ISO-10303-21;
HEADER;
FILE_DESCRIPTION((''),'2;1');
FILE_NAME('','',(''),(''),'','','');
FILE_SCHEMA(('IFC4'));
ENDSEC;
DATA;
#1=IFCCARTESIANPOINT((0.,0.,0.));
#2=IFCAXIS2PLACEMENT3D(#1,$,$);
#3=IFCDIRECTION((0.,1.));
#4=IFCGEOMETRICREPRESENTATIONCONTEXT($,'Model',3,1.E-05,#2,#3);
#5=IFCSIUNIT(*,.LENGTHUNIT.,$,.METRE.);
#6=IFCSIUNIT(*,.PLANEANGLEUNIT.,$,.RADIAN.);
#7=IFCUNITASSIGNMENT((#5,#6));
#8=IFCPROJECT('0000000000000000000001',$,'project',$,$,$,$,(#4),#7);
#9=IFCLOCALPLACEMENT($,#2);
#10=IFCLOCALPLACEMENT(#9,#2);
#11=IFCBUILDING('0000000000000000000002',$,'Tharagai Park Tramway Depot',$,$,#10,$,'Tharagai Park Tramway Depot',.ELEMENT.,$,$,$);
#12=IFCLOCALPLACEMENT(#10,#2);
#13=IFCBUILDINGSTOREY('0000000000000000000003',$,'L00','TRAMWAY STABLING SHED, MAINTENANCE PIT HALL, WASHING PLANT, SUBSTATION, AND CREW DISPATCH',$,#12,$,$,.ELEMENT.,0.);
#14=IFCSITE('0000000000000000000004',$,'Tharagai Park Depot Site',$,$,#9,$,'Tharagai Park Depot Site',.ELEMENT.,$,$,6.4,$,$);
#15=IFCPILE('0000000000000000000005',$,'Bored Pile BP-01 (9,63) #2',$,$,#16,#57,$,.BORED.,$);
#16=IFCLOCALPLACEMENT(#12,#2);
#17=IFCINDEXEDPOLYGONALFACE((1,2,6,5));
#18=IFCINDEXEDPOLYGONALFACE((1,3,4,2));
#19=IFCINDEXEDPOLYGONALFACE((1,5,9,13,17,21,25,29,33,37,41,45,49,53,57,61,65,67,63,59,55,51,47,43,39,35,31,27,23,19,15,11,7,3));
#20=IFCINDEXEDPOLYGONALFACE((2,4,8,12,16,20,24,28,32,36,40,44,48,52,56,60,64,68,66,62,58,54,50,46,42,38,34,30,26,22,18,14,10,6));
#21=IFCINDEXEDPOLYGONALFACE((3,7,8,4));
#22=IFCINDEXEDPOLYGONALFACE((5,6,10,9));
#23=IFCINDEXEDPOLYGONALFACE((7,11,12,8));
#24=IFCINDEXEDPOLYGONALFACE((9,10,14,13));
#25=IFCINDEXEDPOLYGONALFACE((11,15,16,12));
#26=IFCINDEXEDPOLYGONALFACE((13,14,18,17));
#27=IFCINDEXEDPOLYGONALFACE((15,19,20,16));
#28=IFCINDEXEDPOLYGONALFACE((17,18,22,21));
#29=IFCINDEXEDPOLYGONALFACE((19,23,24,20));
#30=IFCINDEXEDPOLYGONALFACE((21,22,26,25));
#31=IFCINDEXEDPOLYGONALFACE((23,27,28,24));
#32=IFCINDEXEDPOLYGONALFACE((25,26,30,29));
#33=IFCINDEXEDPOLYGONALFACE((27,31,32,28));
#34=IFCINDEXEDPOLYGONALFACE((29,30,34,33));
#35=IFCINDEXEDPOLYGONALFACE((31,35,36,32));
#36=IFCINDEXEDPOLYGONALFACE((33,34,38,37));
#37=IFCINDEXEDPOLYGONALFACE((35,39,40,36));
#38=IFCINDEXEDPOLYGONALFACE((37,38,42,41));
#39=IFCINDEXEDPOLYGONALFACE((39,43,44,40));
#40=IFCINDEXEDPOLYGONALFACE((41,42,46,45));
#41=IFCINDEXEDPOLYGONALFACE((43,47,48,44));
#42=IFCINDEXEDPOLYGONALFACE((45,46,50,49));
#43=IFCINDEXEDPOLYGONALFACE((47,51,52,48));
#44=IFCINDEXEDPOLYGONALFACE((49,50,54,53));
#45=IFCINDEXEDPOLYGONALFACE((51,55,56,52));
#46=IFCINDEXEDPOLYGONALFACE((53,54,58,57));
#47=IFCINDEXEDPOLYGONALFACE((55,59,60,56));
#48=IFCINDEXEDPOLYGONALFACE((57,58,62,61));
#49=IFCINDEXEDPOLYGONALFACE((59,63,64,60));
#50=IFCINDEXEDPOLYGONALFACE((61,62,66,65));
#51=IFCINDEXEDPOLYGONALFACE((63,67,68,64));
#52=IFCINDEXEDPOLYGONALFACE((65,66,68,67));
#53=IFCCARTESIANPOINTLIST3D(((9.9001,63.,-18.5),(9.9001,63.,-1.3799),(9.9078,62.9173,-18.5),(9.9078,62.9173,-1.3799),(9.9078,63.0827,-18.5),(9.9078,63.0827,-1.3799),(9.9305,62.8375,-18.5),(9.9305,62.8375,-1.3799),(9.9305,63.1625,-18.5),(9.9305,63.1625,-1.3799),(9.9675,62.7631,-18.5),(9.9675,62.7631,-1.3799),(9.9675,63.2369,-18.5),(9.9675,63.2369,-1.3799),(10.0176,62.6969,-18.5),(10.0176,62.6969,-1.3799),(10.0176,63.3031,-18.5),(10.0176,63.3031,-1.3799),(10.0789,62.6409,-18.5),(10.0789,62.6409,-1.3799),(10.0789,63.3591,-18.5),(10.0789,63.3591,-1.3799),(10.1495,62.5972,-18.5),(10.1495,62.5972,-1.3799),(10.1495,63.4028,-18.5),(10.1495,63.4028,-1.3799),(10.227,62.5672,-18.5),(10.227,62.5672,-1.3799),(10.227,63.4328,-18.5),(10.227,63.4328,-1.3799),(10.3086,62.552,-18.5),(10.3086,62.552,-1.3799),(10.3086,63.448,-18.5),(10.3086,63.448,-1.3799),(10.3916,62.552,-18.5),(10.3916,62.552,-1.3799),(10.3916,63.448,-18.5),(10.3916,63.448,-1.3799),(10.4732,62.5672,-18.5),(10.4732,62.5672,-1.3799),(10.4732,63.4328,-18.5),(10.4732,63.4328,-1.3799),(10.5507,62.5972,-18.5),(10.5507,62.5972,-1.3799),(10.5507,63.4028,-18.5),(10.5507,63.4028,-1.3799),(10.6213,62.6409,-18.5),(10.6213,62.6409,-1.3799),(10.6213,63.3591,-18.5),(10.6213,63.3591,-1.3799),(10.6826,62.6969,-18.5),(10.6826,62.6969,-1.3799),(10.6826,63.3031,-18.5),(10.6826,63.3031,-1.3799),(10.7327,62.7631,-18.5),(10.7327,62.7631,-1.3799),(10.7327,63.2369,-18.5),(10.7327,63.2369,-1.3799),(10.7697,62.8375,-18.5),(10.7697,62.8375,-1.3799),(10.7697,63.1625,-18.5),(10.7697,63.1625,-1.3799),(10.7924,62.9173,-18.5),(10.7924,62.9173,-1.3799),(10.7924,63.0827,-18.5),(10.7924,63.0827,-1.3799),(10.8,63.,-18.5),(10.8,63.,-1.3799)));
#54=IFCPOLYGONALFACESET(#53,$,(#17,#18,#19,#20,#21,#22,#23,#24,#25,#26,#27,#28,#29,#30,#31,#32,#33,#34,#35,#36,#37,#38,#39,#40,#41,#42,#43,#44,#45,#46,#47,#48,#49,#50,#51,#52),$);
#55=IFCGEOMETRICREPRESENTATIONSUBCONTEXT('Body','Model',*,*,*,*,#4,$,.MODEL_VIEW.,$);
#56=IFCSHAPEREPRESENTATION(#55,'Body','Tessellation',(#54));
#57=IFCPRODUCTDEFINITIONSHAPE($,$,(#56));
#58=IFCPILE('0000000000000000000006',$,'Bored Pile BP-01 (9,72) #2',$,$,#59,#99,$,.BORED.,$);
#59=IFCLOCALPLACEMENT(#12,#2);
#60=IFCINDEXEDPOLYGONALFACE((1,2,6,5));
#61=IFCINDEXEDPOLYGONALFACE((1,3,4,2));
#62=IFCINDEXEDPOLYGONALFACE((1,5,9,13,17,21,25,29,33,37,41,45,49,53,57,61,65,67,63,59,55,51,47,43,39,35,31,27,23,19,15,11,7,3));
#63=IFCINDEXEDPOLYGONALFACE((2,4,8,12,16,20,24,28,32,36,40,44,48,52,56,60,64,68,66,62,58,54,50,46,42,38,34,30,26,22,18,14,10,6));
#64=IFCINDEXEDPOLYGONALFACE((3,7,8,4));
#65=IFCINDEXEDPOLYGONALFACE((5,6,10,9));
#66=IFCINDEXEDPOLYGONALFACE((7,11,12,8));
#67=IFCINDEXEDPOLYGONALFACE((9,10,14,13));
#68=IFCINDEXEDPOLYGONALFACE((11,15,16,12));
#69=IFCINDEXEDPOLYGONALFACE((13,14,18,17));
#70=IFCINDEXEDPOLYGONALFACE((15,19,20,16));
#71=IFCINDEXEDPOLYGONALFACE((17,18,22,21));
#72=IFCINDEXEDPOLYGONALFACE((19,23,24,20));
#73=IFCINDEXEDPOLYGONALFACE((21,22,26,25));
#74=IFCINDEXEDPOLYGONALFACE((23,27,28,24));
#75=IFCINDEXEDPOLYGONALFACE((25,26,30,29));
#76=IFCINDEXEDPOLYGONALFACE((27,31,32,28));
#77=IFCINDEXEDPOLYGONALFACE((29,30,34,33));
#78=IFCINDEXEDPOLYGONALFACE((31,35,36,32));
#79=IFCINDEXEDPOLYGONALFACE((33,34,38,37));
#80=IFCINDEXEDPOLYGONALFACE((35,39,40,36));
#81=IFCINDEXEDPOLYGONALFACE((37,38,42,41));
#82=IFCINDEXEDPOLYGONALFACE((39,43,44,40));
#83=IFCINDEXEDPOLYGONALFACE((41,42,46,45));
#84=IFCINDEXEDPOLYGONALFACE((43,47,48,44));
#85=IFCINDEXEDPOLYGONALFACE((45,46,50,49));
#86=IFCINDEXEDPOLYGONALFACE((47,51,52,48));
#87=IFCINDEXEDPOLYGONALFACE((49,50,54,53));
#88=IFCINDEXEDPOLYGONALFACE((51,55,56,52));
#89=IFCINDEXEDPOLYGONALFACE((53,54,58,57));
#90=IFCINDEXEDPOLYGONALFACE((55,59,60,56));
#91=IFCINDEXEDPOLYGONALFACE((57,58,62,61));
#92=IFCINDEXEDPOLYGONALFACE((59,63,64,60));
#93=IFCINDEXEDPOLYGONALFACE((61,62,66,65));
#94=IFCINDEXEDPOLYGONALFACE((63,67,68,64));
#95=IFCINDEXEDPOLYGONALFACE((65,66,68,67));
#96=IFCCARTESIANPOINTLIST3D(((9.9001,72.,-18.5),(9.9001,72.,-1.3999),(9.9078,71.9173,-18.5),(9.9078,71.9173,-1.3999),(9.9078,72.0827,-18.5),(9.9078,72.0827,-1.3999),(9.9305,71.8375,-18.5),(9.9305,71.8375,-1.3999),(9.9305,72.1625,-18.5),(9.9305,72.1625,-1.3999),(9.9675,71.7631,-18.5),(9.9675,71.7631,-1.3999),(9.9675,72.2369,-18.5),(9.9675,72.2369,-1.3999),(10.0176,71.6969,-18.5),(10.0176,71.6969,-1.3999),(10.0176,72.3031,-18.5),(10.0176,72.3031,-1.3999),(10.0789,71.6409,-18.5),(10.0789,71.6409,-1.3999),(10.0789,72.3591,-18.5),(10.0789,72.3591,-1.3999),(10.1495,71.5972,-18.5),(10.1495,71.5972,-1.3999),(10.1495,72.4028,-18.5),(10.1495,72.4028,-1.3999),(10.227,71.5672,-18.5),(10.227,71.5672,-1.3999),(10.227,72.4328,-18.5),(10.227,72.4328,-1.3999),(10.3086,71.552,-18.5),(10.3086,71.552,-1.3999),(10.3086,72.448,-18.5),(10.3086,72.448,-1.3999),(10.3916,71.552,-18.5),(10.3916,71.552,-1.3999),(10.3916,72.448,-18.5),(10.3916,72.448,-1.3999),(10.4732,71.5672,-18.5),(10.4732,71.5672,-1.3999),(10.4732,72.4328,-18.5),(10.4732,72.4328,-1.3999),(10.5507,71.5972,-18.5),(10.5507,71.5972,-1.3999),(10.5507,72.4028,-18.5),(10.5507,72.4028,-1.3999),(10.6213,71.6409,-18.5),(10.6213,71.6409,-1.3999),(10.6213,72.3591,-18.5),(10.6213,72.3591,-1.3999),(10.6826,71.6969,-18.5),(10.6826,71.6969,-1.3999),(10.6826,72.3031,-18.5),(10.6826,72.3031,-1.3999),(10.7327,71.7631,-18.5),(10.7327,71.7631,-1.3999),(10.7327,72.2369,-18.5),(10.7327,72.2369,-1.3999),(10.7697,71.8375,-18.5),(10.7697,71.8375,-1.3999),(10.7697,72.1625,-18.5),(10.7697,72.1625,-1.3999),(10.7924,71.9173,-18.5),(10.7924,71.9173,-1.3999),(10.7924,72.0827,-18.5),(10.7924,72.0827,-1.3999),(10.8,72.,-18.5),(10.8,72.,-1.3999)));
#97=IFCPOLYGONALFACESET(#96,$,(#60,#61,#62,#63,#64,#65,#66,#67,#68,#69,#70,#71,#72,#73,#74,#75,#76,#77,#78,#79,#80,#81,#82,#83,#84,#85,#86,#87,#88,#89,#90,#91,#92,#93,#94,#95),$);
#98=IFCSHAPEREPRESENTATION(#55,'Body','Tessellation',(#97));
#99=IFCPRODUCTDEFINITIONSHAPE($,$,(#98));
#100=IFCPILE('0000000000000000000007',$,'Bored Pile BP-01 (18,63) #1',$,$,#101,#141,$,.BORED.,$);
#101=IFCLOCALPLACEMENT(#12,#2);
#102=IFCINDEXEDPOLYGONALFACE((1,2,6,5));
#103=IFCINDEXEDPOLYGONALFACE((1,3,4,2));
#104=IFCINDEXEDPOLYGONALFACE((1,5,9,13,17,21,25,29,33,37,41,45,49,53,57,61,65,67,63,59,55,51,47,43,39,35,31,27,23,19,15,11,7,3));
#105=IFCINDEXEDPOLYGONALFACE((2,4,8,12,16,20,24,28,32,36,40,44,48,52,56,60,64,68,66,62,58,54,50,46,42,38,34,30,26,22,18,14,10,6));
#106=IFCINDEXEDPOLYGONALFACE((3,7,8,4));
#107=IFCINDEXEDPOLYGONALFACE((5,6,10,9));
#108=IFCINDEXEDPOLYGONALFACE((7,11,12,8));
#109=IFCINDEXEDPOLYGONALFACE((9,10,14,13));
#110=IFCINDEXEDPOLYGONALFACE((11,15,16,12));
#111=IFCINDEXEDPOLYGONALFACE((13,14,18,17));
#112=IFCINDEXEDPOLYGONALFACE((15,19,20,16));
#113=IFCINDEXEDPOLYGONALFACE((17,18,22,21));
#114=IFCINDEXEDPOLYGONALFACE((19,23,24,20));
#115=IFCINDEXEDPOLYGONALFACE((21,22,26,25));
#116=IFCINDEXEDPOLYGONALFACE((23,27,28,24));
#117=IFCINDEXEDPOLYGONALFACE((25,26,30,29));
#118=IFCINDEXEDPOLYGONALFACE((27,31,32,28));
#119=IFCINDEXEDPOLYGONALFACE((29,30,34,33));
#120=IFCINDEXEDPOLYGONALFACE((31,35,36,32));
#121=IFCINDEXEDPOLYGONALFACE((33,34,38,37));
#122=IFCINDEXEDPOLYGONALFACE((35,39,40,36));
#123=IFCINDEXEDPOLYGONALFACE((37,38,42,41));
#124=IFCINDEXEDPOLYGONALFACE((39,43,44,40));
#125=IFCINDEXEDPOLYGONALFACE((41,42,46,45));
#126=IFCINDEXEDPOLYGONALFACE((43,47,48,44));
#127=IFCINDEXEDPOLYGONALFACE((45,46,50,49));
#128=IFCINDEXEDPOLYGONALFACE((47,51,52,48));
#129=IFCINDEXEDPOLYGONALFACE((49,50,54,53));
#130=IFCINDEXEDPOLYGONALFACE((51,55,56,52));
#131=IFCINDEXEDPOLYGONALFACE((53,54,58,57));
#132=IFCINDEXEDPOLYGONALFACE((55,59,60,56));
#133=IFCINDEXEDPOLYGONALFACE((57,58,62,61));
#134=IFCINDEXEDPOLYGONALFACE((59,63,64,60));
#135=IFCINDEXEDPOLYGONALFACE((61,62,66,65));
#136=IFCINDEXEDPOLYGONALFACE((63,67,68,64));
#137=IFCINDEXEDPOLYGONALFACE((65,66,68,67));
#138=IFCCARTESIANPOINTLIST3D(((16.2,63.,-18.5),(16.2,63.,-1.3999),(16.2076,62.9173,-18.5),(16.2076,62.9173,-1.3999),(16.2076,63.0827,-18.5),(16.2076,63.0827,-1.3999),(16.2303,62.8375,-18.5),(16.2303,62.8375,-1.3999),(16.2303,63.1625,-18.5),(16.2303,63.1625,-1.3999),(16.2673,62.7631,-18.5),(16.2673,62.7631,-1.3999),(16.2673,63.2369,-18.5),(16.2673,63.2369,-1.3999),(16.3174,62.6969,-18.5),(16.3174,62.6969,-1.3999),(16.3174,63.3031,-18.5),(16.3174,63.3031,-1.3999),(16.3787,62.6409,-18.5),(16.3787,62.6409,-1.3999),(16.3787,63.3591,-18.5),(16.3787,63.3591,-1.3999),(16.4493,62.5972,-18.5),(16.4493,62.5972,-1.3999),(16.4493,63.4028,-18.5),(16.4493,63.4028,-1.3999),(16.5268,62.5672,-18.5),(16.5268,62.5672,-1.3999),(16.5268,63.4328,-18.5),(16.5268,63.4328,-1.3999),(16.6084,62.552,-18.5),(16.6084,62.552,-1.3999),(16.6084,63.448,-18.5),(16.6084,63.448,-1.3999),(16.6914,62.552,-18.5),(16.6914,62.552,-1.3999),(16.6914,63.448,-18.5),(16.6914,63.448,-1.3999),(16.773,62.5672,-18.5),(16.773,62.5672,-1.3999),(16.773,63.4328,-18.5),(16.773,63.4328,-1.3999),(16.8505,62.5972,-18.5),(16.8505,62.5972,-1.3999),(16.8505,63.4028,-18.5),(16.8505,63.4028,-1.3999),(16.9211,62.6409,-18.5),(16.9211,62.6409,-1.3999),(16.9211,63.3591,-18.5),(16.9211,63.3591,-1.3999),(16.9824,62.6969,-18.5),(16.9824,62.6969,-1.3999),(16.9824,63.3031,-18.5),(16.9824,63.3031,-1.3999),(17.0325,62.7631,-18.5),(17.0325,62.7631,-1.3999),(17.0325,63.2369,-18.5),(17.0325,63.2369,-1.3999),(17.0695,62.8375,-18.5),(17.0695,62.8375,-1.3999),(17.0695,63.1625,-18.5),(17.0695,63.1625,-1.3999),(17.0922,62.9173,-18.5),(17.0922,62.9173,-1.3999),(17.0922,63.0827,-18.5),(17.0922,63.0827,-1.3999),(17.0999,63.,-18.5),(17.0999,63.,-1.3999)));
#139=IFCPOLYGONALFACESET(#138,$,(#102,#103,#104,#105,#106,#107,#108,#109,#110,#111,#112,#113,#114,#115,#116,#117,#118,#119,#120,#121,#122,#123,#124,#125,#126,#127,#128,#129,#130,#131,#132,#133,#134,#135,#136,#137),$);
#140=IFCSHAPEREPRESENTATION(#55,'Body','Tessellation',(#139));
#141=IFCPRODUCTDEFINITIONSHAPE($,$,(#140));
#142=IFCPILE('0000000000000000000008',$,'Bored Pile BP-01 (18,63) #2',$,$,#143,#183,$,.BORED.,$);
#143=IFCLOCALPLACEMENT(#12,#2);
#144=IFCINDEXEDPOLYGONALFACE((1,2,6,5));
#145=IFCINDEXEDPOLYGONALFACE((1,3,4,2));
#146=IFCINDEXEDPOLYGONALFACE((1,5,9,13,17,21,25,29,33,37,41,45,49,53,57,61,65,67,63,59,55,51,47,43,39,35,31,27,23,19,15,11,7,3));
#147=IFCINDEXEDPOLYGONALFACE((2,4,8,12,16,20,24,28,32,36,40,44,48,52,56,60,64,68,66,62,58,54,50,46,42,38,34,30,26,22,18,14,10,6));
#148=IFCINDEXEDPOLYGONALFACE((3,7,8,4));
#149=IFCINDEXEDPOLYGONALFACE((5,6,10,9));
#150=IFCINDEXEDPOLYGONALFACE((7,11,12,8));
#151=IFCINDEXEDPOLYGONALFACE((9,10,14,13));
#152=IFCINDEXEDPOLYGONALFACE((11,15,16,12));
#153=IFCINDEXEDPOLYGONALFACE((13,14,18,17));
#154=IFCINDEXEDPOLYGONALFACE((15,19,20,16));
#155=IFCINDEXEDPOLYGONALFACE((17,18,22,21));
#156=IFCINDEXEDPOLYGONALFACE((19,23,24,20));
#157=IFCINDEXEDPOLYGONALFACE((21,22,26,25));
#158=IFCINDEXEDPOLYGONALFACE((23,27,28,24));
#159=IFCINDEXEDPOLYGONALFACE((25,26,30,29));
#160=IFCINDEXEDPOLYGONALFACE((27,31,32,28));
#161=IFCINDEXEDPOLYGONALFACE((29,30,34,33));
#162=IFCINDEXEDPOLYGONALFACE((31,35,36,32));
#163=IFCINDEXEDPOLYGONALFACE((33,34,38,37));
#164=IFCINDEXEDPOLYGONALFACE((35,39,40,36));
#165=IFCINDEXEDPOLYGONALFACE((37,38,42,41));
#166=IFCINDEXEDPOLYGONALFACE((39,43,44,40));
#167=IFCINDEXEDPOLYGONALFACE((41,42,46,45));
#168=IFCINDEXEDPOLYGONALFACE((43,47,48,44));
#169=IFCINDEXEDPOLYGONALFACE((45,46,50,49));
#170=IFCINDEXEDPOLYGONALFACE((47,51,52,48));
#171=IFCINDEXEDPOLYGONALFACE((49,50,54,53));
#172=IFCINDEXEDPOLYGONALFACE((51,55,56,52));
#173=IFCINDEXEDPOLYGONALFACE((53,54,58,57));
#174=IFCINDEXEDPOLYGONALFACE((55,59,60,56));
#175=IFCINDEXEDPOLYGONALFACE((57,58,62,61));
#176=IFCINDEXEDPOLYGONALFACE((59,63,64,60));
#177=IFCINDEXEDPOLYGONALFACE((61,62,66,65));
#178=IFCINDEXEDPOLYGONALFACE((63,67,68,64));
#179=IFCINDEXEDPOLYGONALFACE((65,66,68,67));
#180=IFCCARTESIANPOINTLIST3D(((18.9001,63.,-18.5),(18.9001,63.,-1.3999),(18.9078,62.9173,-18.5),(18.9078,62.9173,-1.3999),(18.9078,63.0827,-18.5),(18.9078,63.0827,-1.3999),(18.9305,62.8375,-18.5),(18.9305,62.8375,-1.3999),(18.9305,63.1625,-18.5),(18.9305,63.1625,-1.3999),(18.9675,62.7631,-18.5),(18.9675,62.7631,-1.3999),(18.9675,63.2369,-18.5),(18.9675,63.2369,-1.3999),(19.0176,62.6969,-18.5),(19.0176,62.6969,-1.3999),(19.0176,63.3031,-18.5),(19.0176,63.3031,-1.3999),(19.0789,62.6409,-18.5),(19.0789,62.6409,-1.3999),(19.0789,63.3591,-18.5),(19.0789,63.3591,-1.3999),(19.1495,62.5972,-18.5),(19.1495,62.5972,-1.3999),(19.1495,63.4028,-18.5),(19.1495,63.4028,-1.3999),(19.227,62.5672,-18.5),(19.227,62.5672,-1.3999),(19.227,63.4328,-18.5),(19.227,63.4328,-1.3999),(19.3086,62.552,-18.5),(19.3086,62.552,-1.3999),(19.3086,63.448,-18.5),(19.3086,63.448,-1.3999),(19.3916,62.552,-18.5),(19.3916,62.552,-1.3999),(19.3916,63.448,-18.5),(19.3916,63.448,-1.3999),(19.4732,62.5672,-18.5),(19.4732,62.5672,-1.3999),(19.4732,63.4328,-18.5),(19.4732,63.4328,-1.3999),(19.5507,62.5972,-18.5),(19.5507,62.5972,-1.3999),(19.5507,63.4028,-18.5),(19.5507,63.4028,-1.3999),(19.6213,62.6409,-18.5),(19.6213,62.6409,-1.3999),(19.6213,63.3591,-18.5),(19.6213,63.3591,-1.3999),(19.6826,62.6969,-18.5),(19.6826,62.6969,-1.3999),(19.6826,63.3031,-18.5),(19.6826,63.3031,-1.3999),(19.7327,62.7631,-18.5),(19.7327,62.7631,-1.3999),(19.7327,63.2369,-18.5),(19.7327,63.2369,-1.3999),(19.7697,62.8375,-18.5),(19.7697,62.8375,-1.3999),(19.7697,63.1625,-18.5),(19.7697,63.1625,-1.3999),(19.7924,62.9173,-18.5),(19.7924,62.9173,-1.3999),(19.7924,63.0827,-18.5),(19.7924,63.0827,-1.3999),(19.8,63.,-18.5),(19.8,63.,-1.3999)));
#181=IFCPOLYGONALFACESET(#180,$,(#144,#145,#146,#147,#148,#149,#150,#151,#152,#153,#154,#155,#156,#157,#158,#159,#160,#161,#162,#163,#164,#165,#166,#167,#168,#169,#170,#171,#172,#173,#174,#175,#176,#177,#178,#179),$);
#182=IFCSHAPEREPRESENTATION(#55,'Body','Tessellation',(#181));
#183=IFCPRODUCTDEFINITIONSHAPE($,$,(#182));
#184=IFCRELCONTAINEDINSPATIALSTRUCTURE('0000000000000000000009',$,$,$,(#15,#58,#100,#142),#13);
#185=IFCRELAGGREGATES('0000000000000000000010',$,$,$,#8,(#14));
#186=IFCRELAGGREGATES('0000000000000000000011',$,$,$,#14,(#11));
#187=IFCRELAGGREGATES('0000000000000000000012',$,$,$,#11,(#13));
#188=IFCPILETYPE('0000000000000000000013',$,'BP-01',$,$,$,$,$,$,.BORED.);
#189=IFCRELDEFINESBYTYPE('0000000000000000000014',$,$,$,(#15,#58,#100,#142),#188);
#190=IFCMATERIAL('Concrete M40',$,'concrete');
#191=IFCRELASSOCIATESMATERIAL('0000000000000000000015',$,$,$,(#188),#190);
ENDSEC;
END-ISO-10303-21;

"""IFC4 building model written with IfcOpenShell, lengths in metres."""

from ifc_helpers import new_model, si_unit, direction, frame, origin, origin_2d, place, context, subcontext, project, spatial, circle, extrude, material, material_profile, profile_set, type_object, element, save


model = new_model("IFC4")

# Units and contexts
model_context = context("Model", 3, precision=1e-05, world=origin(), true_north=direction((0.0, 1.0)))
body_context = subcontext(model_context, "Body", "Model", "MODEL_VIEW")
ifc_project = project(units=[si_unit("LENGTHUNIT", "METRE"), si_unit("PLANEANGLEUNIT", "RADIAN")], contexts=[model_context])

# Site, building, storey
site_placement = place(None, origin())
site = spatial("IfcSite", under=ifc_project, at=site_placement, Name="Tharagai Park Depot Site", LongName="Tharagai Park Depot Site", CompositionType="ELEMENT", RefElevation=6.4)
building_placement = place(site_placement, origin())
building = spatial("IfcBuilding", under=site, at=building_placement, Name="Tharagai Park Tramway Depot", LongName="Tharagai Park Tramway Depot", CompositionType="ELEMENT")
storey_placement = place(building_placement, origin())
storey = spatial("IfcBuildingStorey", under=building, at=storey_placement, Name="L00", Description="TRAMWAY STABLING SHED, MAINTENANCE PIT HALL, WASHING PLANT, SUBSTATION, AND CREW DISPATCH", CompositionType="ELEMENT", Elevation=0.0)

# Piles
ifc_material_1 = material(Name="Concrete M40", Category="concrete")
ifc_material_profile_1 = material_profile(ifc_material_1, circle(Radius=0.45, at=origin_2d()), Name="PILE D900")
ifc_profile_set_1 = profile_set([ifc_material_profile_1], Name="Concrete M40")
pile_type_1 = type_object("IfcPileType", Name="BP-01", PredefinedType="BORED", material=ifc_profile_set_1)
pile_1_placement = place(storey_placement, frame((10.3501, 63.0, -1.3799), z_axis=(0.0, 0.0, -1.0), x_axis=(1.0, 0.0, 0.0)))
element("IfcPile", 1, at=pile_1_placement, inside=storey, type_object=pile_type_1, Name="Bored Pile BP-01 (9,63) #2", PredefinedType="BORED", context=body_context, shape_type="SweptSolid", body=[
    extrude(circle(Radius=0.45, at=origin_2d()), origin(), (0.0, 0.0, 1.0), 17.1201),
])
for number, where, z_axis, x_axis, name in (
    (2, (10.3501, 72.0, -1.3999), (0.0, 0.0, -1.0), (1.0, 0.0, 0.0), "Bored Pile BP-01 (9,72) #2"),
    (3, (16.6499, 63.0, -1.3999), (0.0, 0.0, -1.0), (1.0, 0.0, 0.0), "Bored Pile BP-01 (18,63) #1"),
    (4, (19.3501, 63.0, -1.3999), (0.0, 0.0, -1.0), (1.0, 0.0, 0.0), "Bored Pile BP-01 (18,63) #2"),
):
    element("IfcPile", number, at=place(storey_placement, frame(where, z_axis=z_axis, x_axis=x_axis)), inside=storey, type_object=pile_type_1, Name=name, PredefinedType="BORED", context=body_context, shape_type="SweptSolid", body=[
        extrude(circle(Radius=0.45, at=origin_2d()), origin(), (0.0, 0.0, 1.0), 17.1001),
    ])

save(model, "model.ifc")
